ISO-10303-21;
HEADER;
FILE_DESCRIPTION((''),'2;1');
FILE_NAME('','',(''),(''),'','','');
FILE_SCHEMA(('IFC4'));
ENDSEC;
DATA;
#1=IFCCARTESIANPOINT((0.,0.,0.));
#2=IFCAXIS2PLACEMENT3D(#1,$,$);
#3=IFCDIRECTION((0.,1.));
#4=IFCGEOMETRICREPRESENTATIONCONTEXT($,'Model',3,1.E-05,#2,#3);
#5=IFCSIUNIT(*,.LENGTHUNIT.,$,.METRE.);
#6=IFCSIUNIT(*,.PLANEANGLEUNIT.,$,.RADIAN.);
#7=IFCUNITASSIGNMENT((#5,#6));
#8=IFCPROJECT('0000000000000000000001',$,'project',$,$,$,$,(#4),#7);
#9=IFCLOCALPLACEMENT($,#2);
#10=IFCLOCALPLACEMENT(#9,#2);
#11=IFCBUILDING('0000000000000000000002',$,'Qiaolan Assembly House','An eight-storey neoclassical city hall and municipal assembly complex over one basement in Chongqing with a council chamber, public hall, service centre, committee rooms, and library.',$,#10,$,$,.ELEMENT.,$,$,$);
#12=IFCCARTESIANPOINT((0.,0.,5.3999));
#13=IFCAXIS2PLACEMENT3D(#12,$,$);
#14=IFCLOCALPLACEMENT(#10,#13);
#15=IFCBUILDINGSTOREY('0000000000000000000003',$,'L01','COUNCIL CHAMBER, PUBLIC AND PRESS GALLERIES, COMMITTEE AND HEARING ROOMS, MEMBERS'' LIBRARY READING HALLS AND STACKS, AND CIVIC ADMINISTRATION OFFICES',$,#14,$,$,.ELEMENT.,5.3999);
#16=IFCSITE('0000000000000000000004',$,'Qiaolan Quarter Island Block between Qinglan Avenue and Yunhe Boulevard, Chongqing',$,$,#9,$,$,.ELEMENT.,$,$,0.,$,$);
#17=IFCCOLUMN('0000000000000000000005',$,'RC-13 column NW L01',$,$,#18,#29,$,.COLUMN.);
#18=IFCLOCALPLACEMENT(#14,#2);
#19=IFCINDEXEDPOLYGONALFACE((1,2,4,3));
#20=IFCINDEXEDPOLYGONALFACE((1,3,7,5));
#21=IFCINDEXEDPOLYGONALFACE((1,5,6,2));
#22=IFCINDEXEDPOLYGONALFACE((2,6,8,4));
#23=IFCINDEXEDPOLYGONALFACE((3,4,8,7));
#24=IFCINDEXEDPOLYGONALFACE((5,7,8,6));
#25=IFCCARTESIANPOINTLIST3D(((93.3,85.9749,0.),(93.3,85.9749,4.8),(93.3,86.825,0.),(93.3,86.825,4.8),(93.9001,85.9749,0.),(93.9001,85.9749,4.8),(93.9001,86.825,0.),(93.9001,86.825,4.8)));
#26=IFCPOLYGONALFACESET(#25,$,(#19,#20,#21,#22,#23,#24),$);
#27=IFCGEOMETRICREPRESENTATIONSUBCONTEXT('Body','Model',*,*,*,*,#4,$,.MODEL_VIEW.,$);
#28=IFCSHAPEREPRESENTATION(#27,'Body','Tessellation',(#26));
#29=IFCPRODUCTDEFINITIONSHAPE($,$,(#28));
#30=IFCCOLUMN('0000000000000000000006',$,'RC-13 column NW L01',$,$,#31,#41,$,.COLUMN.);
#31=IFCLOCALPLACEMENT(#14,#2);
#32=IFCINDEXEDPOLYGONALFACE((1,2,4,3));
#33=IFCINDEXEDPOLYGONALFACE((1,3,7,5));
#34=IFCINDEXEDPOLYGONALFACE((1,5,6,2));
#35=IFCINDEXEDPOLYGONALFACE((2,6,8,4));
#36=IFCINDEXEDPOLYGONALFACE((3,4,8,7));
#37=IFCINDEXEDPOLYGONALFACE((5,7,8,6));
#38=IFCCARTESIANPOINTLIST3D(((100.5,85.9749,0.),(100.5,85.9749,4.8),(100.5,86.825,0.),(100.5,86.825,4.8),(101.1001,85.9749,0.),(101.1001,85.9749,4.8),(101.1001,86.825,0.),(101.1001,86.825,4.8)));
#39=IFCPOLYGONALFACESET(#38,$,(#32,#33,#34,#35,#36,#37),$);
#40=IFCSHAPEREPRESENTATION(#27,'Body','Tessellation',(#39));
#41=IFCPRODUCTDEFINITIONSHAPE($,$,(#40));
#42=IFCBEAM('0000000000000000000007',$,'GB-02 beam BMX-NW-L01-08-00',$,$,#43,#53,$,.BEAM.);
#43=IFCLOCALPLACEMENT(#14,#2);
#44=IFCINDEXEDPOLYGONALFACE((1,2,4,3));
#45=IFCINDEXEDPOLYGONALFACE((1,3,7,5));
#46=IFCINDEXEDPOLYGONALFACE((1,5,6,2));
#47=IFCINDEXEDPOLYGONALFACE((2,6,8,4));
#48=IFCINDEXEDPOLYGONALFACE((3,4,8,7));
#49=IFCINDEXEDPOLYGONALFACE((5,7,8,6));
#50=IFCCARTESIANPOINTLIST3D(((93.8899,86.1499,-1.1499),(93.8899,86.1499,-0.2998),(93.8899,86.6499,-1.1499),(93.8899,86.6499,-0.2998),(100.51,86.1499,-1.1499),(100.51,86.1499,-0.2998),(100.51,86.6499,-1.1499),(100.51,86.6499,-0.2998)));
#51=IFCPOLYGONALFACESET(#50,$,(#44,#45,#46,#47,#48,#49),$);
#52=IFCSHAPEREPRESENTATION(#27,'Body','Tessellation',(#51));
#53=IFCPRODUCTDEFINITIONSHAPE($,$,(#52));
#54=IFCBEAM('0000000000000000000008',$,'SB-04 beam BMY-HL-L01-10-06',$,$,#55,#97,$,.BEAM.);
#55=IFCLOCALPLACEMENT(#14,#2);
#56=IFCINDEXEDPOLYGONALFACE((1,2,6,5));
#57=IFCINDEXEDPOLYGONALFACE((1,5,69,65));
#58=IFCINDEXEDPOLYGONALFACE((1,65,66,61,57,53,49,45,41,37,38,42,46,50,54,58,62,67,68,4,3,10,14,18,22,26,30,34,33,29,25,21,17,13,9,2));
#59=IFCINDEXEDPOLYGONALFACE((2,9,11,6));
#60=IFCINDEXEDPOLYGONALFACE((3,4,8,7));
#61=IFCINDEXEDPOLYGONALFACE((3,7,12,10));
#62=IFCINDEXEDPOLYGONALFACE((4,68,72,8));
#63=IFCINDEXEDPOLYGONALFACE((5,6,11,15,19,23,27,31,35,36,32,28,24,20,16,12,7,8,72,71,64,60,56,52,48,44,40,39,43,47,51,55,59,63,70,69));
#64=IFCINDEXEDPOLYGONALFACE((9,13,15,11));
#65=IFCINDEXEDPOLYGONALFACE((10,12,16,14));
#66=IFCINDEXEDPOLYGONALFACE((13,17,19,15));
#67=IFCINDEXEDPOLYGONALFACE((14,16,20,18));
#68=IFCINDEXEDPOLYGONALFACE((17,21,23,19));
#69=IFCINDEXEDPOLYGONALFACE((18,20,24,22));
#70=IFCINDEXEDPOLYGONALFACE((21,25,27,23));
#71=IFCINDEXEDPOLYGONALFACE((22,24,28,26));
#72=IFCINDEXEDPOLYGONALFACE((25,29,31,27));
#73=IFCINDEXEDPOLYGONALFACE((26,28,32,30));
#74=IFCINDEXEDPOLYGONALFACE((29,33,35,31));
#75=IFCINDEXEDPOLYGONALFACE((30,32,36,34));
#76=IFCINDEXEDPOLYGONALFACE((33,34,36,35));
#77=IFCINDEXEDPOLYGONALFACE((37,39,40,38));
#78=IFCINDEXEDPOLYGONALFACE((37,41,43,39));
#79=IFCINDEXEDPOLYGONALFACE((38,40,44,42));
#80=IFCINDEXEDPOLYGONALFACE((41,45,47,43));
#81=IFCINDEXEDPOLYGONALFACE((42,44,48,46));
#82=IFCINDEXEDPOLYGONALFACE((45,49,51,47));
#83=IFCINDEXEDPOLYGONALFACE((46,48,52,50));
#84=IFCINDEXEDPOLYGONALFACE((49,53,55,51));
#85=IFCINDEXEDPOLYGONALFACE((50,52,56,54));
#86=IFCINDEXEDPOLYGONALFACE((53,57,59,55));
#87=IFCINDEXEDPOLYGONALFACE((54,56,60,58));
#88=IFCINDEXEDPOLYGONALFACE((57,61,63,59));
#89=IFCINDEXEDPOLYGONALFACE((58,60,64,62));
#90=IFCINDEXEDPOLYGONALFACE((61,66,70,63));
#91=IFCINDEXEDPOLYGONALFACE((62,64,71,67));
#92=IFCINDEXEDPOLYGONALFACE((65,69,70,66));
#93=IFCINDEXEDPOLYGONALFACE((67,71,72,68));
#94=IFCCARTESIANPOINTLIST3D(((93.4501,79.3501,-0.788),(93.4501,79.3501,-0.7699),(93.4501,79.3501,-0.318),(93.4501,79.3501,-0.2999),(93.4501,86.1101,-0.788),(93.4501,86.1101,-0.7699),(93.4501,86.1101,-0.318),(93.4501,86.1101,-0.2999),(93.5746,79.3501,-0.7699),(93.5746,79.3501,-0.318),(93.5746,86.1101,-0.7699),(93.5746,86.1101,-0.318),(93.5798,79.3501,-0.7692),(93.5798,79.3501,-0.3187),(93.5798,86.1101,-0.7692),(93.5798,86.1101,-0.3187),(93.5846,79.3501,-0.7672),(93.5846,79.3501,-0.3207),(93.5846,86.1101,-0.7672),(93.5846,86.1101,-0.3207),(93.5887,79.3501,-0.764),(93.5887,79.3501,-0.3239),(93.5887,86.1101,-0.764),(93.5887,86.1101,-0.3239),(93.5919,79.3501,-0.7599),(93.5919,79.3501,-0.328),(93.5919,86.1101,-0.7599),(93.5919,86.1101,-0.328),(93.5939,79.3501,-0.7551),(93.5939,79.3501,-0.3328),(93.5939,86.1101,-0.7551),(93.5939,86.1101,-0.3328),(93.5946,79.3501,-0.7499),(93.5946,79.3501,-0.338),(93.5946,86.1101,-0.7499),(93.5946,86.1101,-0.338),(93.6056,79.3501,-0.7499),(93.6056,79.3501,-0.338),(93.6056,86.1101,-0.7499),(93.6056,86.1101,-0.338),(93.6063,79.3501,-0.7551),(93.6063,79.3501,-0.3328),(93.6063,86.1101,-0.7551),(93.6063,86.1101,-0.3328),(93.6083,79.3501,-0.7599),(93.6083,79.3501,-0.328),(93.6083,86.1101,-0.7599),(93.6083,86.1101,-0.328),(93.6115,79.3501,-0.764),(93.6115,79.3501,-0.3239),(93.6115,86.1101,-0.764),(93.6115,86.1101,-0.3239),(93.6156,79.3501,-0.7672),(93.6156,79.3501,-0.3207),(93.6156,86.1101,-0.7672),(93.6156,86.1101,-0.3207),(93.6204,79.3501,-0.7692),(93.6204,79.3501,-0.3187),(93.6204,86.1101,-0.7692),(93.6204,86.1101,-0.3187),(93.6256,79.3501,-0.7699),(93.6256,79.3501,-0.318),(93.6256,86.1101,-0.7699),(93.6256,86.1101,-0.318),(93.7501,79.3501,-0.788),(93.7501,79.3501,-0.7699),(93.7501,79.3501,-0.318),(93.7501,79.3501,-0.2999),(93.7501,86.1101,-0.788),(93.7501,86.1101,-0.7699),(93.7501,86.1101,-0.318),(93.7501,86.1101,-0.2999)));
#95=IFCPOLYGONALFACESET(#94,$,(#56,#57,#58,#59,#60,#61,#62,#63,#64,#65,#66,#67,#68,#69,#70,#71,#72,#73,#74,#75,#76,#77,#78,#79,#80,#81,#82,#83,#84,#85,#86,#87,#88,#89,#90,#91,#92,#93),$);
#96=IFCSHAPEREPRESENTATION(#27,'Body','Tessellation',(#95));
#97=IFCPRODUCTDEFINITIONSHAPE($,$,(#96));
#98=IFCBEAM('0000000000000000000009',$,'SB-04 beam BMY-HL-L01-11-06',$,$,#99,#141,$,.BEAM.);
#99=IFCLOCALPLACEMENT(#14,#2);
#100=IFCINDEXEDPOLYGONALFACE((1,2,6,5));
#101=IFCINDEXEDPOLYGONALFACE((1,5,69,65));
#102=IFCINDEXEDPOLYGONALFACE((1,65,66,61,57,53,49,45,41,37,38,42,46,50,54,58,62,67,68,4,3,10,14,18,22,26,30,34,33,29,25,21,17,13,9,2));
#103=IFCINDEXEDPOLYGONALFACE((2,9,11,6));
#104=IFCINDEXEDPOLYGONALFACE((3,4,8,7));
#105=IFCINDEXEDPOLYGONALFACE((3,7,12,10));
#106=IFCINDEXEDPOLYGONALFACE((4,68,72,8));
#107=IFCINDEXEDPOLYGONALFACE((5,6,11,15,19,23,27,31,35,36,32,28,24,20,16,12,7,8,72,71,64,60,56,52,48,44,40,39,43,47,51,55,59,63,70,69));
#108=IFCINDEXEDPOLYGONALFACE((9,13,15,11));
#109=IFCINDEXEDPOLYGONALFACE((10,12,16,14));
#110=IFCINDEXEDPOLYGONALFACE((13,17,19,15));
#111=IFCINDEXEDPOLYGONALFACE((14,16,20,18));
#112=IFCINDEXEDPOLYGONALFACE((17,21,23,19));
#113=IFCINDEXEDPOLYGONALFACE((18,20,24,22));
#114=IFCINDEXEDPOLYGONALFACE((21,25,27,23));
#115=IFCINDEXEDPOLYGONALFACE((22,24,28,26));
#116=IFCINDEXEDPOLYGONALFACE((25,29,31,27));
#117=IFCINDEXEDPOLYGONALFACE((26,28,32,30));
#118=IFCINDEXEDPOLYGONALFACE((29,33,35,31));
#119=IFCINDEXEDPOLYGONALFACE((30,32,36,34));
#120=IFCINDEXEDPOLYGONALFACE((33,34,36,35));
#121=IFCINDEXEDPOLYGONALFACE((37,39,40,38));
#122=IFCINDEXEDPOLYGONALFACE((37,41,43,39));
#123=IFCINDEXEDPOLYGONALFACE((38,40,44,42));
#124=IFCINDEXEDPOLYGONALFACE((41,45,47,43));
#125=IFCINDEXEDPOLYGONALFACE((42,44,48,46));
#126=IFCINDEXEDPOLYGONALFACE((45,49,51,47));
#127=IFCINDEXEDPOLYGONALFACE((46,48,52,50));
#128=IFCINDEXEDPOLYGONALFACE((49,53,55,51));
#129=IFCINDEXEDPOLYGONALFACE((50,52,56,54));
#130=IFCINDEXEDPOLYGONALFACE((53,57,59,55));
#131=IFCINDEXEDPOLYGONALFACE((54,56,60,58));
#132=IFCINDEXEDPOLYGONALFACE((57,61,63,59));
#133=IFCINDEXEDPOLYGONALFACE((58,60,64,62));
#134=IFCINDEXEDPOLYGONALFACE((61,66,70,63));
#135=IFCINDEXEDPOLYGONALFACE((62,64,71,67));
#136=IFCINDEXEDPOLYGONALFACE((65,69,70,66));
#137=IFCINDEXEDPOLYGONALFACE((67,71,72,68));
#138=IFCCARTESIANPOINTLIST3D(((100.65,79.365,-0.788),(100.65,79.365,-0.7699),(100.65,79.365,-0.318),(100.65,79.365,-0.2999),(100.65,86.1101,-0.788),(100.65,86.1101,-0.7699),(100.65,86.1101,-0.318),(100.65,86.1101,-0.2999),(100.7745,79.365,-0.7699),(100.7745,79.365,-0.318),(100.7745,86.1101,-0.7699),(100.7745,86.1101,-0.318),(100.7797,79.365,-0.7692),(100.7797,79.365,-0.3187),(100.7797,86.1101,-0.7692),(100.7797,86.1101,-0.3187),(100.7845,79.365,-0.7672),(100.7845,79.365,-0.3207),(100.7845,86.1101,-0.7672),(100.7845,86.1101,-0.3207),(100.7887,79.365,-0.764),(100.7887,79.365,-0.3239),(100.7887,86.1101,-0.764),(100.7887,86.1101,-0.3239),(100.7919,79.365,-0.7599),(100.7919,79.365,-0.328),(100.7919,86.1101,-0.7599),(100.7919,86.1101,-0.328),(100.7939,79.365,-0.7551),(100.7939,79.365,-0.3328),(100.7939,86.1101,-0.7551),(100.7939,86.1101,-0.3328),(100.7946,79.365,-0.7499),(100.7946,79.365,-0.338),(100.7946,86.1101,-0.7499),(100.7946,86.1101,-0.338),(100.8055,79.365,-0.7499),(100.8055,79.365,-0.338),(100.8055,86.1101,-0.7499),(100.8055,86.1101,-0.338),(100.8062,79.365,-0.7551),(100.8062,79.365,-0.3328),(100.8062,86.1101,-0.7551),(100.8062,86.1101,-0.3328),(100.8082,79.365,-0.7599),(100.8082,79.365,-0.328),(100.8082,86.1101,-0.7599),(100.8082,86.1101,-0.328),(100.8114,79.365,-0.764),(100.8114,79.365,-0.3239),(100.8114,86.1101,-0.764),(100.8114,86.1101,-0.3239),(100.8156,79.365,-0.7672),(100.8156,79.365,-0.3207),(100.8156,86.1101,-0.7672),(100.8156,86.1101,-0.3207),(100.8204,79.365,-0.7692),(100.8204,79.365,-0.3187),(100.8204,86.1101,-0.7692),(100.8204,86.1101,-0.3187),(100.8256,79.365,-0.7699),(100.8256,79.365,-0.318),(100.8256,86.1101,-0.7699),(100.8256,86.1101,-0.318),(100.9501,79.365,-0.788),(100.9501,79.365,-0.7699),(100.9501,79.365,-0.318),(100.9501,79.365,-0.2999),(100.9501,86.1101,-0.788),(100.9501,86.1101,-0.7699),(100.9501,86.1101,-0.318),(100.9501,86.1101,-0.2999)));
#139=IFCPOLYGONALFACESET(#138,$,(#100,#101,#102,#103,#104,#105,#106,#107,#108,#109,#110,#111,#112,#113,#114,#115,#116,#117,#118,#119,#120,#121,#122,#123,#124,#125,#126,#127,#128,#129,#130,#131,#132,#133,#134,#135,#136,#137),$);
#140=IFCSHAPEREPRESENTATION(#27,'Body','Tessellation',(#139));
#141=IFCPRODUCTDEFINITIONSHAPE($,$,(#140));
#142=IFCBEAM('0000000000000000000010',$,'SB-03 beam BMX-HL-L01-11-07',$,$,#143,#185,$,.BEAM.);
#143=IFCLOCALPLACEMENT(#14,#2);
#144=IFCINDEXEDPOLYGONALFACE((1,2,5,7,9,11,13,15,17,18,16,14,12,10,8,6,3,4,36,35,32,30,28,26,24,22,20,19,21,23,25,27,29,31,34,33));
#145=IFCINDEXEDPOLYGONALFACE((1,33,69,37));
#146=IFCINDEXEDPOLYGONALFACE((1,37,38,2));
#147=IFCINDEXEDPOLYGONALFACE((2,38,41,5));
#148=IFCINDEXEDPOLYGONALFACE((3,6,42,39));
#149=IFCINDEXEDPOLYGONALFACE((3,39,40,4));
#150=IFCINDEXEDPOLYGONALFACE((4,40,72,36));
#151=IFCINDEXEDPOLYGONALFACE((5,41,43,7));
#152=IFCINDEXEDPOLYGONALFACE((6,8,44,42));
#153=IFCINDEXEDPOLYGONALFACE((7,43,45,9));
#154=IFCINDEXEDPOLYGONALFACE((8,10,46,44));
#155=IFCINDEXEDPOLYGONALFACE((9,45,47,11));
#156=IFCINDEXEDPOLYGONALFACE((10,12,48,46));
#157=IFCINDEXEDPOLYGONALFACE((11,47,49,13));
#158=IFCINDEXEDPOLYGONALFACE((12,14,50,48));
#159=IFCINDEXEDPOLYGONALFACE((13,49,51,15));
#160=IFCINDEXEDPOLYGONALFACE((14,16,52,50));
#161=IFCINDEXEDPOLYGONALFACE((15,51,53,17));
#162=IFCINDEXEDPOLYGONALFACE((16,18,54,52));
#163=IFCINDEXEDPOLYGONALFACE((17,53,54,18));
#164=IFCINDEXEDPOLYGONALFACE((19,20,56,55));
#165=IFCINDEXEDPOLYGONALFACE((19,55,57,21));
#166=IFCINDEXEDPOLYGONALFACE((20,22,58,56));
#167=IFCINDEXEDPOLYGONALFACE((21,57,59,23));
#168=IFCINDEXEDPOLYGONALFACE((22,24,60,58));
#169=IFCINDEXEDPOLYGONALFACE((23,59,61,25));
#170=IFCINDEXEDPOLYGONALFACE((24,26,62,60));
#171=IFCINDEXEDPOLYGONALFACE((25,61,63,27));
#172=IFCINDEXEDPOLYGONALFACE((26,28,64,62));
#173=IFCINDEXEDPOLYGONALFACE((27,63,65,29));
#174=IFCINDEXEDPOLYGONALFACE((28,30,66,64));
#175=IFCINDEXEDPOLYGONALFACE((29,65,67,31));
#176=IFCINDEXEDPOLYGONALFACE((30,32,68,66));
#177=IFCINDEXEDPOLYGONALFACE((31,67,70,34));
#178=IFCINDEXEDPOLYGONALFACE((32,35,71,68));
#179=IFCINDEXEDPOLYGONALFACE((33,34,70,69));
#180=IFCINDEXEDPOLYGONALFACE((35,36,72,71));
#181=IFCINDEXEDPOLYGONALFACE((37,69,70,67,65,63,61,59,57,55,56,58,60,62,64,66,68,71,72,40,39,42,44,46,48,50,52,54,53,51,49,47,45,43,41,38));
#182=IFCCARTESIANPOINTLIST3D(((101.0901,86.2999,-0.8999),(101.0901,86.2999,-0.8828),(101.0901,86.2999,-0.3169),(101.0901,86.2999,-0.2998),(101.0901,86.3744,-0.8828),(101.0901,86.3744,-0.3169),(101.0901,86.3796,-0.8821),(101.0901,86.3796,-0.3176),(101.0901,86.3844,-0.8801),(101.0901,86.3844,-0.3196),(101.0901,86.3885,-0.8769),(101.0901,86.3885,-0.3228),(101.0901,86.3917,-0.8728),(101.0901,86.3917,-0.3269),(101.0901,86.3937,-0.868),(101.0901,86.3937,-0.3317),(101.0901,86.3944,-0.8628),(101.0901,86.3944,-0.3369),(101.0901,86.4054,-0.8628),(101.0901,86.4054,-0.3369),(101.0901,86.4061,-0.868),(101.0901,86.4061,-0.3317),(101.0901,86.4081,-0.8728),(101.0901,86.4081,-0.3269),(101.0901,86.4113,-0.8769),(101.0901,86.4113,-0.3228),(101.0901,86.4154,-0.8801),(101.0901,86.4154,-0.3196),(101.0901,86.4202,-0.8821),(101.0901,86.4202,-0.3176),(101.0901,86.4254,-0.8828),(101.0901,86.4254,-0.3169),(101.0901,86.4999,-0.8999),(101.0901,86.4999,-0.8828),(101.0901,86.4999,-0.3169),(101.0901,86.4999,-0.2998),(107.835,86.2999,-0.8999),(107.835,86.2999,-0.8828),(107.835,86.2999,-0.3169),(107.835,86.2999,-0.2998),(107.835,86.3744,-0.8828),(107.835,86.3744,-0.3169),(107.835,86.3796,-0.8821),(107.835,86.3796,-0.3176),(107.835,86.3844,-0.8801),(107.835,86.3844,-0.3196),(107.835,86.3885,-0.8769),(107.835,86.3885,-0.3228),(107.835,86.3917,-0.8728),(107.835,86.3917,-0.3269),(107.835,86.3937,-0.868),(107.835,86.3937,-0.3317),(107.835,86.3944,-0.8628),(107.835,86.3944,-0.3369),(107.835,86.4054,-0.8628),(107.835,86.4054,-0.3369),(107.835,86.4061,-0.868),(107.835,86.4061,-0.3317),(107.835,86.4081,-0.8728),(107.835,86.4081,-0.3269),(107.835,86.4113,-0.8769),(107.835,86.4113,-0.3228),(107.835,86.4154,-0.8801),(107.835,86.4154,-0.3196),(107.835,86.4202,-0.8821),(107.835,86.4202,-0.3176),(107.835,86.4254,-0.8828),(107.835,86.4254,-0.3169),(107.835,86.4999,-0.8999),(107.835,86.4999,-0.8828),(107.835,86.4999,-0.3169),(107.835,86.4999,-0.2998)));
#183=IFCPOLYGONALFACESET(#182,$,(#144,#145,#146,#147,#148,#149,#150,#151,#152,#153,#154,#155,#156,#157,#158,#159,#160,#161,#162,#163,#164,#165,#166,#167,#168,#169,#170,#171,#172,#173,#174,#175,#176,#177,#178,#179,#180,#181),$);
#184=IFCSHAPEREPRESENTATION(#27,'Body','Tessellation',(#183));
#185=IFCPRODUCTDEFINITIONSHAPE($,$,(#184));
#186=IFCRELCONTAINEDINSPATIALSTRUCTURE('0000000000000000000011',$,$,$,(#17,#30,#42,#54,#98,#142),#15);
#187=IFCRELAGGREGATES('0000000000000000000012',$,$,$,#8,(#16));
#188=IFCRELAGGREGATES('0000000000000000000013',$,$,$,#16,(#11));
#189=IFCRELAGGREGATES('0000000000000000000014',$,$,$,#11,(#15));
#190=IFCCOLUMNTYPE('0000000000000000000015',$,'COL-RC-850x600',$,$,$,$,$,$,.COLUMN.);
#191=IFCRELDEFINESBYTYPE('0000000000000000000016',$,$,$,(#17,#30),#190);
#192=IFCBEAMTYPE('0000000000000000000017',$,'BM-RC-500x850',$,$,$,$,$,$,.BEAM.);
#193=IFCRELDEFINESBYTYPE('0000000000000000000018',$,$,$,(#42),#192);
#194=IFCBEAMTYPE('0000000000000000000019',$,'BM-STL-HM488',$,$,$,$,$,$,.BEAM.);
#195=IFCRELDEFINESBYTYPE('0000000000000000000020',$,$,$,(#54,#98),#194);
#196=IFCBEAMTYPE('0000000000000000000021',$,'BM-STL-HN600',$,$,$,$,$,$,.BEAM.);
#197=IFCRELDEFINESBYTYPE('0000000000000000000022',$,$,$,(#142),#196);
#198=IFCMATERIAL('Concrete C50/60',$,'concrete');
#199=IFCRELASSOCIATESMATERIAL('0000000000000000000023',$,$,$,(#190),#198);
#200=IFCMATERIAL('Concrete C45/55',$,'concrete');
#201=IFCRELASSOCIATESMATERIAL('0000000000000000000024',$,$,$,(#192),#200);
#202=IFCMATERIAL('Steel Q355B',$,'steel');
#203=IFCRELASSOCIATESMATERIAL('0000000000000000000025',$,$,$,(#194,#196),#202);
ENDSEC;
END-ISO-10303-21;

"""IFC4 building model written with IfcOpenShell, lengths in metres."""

from ifc_helpers import new_model, si_unit, direction, frame, origin, origin_2d, place, context, subcontext, project, spatial, rectangle, i_section, extrude, material, material_profile, profile_set, type_object, element, save


model = new_model("IFC4")

# Units and contexts
model_context = context("Model", 3, precision=1e-05, world=origin(), true_north=direction((0.0, 1.0)))
body_context = subcontext(model_context, "Body", "Model", "MODEL_VIEW")
ifc_project = project(units=[si_unit("LENGTHUNIT", "METRE"), si_unit("PLANEANGLEUNIT", "RADIAN")], contexts=[model_context])

# Site, building, storey
site_placement = place(None, origin())
site = spatial("IfcSite", under=ifc_project, at=site_placement, Name="Qiaolan Quarter Island Block between Qinglan Avenue and Yunhe Boulevard, Chongqing", CompositionType="ELEMENT", RefElevation=0.0)
building_placement = place(site_placement, origin())
building = spatial("IfcBuilding", under=site, at=building_placement, Name="Qiaolan Assembly House", Description="An eight-storey neoclassical city hall and municipal assembly complex over one basement in Chongqing with a council chamber, public hall, service centre, committee rooms, and library.", CompositionType="ELEMENT")
storey_placement = place(building_placement, frame((0.0, 0.0, 5.3999)))
storey = spatial("IfcBuildingStorey", under=building, at=storey_placement, Name="L01", Description="COUNCIL CHAMBER, PUBLIC AND PRESS GALLERIES, COMMITTEE AND HEARING ROOMS, MEMBERS' LIBRARY READING HALLS AND STACKS, AND CIVIC ADMINISTRATION OFFICES", CompositionType="ELEMENT", Elevation=5.3999)

# Columns
ifc_material_1 = material(Name="Concrete C50/60", Category="concrete")
ifc_material_profile_1 = material_profile(ifc_material_1, rectangle(XDim=0.6001, YDim=0.8501, at=origin_2d()), Name="RC 850x600")
ifc_profile_set_1 = profile_set([ifc_material_profile_1], Name="Concrete C50/60")
column_type = type_object("IfcColumnType", Name="COL-RC-850x600", PredefinedType="COLUMN", material=ifc_profile_set_1)
for number, where, z_axis, x_axis, name in (
    (1, (93.6001, 86.3999, 0.0), (0.0, 0.0, 1.0), (1.0, 0.0, 0.0), "RC-13 column NW L01"),
    (2, (100.8, 86.3999, 0.0), (0.0, 0.0, 1.0), (1.0, 0.0, 0.0), "RC-13 column NW L01"),
):
    element("IfcColumn", number, at=place(storey_placement, frame(where, z_axis=z_axis, x_axis=x_axis)), inside=storey, type_object=column_type, Name=name, PredefinedType="COLUMN", context=body_context, shape_type="SweptSolid", body=[
        extrude(rectangle(XDim=0.6001, YDim=0.8501, at=origin_2d()), origin(), (0.0, 0.0, 1.0), 4.8),
    ])

# Beams
ifc_material_2 = material(Name="Concrete C45/55", Category="concrete")
ifc_material_profile_2 = material_profile(ifc_material_2, rectangle(XDim=0.5, YDim=0.8501, at=origin_2d()), Name="RCB 500x850")
ifc_profile_set_2 = profile_set([ifc_material_profile_2], Name="Concrete C45/55")
beam_type_1 = type_object("IfcBeamType", Name="BM-RC-500x850", PredefinedType="BEAM", material=ifc_profile_set_2)
beam_1_placement = place(storey_placement, frame((93.8899, 86.3999, -0.7249), z_axis=(1.0, 0.0, 0.0), x_axis=(0.0, 1.0, 0.0)))
element("IfcBeam", 3, at=beam_1_placement, inside=storey, type_object=beam_type_1, Name="GB-02 beam BMX-NW-L01-08-00", PredefinedType="BEAM", context=body_context, shape_type="SweptSolid", body=[
    extrude(rectangle(XDim=0.5, YDim=0.8501, at=origin_2d()), origin(), (0.0, 0.0, 1.0), 6.6201),
])
ifc_material_3 = material(Name="Steel Q355B", Category="steel")
ifc_material_profile_3 = material_profile(ifc_material_3, i_section(OverallWidth=0.3, OverallDepth=0.488, WebThickness=0.011, FlangeThickness=0.0181, FilletRadius=0.02, at=origin_2d()), Name="HM 488x300x11x18")
ifc_profile_set_3 = profile_set([ifc_material_profile_3], Name="Steel Q355B")
beam_type_2 = type_object("IfcBeamType", Name="BM-STL-HM488", PredefinedType="BEAM", material=ifc_profile_set_3)
beam_2_placement = place(storey_placement, frame((93.6001, 79.3501, -0.5439), z_axis=(0.0, 1.0, 0.0), x_axis=(-1.0, 0.0, 0.0)))
element("IfcBeam", 4, at=beam_2_placement, inside=storey, type_object=beam_type_2, Name="SB-04 beam BMY-HL-L01-10-06", PredefinedType="BEAM", context=body_context, shape_type="SweptSolid", body=[
    extrude(i_section(OverallWidth=0.3, OverallDepth=0.488, WebThickness=0.011, FlangeThickness=0.0181, FilletRadius=0.02, at=origin_2d()), origin(), (0.0, 0.0, 1.0), 6.76),
])
beam_3_placement = place(storey_placement, frame((100.8, 79.365, -0.5439), z_axis=(0.0, 1.0, 0.0), x_axis=(-1.0, 0.0, 0.0)))
element("IfcBeam", 5, at=beam_3_placement, inside=storey, type_object=beam_type_2, Name="SB-04 beam BMY-HL-L01-11-06", PredefinedType="BEAM", context=body_context, shape_type="SweptSolid", body=[
    extrude(i_section(OverallWidth=0.3, OverallDepth=0.488, WebThickness=0.011, FlangeThickness=0.0181, FilletRadius=0.02, at=origin_2d()), origin(), (0.0, 0.0, 1.0), 6.7451),
])
ifc_material_profile_4 = material_profile(ifc_material_3, i_section(OverallWidth=0.2, OverallDepth=0.6001, WebThickness=0.011, FlangeThickness=0.0171, FilletRadius=0.02, at=origin_2d()), Name="HN 600x200x11x17")
ifc_profile_set_4 = profile_set([ifc_material_profile_4], Name="Steel Q355B")
beam_type_3 = type_object("IfcBeamType", Name="BM-STL-HN600", PredefinedType="BEAM", material=ifc_profile_set_4)
beam_4_placement = place(storey_placement, frame((101.0901, 86.3999, -0.5999), z_axis=(1.0, 0.0, 0.0), x_axis=(0.0, 1.0, 0.0)))
element("IfcBeam", 6, at=beam_4_placement, inside=storey, type_object=beam_type_3, Name="SB-03 beam BMX-HL-L01-11-07", PredefinedType="BEAM", context=body_context, shape_type="SweptSolid", body=[
    extrude(i_section(OverallWidth=0.2, OverallDepth=0.6001, WebThickness=0.011, FlangeThickness=0.0171, FilletRadius=0.02, at=origin_2d()), origin(), (0.0, 0.0, 1.0), 6.7449),
])

save(model, "model.ifc")
